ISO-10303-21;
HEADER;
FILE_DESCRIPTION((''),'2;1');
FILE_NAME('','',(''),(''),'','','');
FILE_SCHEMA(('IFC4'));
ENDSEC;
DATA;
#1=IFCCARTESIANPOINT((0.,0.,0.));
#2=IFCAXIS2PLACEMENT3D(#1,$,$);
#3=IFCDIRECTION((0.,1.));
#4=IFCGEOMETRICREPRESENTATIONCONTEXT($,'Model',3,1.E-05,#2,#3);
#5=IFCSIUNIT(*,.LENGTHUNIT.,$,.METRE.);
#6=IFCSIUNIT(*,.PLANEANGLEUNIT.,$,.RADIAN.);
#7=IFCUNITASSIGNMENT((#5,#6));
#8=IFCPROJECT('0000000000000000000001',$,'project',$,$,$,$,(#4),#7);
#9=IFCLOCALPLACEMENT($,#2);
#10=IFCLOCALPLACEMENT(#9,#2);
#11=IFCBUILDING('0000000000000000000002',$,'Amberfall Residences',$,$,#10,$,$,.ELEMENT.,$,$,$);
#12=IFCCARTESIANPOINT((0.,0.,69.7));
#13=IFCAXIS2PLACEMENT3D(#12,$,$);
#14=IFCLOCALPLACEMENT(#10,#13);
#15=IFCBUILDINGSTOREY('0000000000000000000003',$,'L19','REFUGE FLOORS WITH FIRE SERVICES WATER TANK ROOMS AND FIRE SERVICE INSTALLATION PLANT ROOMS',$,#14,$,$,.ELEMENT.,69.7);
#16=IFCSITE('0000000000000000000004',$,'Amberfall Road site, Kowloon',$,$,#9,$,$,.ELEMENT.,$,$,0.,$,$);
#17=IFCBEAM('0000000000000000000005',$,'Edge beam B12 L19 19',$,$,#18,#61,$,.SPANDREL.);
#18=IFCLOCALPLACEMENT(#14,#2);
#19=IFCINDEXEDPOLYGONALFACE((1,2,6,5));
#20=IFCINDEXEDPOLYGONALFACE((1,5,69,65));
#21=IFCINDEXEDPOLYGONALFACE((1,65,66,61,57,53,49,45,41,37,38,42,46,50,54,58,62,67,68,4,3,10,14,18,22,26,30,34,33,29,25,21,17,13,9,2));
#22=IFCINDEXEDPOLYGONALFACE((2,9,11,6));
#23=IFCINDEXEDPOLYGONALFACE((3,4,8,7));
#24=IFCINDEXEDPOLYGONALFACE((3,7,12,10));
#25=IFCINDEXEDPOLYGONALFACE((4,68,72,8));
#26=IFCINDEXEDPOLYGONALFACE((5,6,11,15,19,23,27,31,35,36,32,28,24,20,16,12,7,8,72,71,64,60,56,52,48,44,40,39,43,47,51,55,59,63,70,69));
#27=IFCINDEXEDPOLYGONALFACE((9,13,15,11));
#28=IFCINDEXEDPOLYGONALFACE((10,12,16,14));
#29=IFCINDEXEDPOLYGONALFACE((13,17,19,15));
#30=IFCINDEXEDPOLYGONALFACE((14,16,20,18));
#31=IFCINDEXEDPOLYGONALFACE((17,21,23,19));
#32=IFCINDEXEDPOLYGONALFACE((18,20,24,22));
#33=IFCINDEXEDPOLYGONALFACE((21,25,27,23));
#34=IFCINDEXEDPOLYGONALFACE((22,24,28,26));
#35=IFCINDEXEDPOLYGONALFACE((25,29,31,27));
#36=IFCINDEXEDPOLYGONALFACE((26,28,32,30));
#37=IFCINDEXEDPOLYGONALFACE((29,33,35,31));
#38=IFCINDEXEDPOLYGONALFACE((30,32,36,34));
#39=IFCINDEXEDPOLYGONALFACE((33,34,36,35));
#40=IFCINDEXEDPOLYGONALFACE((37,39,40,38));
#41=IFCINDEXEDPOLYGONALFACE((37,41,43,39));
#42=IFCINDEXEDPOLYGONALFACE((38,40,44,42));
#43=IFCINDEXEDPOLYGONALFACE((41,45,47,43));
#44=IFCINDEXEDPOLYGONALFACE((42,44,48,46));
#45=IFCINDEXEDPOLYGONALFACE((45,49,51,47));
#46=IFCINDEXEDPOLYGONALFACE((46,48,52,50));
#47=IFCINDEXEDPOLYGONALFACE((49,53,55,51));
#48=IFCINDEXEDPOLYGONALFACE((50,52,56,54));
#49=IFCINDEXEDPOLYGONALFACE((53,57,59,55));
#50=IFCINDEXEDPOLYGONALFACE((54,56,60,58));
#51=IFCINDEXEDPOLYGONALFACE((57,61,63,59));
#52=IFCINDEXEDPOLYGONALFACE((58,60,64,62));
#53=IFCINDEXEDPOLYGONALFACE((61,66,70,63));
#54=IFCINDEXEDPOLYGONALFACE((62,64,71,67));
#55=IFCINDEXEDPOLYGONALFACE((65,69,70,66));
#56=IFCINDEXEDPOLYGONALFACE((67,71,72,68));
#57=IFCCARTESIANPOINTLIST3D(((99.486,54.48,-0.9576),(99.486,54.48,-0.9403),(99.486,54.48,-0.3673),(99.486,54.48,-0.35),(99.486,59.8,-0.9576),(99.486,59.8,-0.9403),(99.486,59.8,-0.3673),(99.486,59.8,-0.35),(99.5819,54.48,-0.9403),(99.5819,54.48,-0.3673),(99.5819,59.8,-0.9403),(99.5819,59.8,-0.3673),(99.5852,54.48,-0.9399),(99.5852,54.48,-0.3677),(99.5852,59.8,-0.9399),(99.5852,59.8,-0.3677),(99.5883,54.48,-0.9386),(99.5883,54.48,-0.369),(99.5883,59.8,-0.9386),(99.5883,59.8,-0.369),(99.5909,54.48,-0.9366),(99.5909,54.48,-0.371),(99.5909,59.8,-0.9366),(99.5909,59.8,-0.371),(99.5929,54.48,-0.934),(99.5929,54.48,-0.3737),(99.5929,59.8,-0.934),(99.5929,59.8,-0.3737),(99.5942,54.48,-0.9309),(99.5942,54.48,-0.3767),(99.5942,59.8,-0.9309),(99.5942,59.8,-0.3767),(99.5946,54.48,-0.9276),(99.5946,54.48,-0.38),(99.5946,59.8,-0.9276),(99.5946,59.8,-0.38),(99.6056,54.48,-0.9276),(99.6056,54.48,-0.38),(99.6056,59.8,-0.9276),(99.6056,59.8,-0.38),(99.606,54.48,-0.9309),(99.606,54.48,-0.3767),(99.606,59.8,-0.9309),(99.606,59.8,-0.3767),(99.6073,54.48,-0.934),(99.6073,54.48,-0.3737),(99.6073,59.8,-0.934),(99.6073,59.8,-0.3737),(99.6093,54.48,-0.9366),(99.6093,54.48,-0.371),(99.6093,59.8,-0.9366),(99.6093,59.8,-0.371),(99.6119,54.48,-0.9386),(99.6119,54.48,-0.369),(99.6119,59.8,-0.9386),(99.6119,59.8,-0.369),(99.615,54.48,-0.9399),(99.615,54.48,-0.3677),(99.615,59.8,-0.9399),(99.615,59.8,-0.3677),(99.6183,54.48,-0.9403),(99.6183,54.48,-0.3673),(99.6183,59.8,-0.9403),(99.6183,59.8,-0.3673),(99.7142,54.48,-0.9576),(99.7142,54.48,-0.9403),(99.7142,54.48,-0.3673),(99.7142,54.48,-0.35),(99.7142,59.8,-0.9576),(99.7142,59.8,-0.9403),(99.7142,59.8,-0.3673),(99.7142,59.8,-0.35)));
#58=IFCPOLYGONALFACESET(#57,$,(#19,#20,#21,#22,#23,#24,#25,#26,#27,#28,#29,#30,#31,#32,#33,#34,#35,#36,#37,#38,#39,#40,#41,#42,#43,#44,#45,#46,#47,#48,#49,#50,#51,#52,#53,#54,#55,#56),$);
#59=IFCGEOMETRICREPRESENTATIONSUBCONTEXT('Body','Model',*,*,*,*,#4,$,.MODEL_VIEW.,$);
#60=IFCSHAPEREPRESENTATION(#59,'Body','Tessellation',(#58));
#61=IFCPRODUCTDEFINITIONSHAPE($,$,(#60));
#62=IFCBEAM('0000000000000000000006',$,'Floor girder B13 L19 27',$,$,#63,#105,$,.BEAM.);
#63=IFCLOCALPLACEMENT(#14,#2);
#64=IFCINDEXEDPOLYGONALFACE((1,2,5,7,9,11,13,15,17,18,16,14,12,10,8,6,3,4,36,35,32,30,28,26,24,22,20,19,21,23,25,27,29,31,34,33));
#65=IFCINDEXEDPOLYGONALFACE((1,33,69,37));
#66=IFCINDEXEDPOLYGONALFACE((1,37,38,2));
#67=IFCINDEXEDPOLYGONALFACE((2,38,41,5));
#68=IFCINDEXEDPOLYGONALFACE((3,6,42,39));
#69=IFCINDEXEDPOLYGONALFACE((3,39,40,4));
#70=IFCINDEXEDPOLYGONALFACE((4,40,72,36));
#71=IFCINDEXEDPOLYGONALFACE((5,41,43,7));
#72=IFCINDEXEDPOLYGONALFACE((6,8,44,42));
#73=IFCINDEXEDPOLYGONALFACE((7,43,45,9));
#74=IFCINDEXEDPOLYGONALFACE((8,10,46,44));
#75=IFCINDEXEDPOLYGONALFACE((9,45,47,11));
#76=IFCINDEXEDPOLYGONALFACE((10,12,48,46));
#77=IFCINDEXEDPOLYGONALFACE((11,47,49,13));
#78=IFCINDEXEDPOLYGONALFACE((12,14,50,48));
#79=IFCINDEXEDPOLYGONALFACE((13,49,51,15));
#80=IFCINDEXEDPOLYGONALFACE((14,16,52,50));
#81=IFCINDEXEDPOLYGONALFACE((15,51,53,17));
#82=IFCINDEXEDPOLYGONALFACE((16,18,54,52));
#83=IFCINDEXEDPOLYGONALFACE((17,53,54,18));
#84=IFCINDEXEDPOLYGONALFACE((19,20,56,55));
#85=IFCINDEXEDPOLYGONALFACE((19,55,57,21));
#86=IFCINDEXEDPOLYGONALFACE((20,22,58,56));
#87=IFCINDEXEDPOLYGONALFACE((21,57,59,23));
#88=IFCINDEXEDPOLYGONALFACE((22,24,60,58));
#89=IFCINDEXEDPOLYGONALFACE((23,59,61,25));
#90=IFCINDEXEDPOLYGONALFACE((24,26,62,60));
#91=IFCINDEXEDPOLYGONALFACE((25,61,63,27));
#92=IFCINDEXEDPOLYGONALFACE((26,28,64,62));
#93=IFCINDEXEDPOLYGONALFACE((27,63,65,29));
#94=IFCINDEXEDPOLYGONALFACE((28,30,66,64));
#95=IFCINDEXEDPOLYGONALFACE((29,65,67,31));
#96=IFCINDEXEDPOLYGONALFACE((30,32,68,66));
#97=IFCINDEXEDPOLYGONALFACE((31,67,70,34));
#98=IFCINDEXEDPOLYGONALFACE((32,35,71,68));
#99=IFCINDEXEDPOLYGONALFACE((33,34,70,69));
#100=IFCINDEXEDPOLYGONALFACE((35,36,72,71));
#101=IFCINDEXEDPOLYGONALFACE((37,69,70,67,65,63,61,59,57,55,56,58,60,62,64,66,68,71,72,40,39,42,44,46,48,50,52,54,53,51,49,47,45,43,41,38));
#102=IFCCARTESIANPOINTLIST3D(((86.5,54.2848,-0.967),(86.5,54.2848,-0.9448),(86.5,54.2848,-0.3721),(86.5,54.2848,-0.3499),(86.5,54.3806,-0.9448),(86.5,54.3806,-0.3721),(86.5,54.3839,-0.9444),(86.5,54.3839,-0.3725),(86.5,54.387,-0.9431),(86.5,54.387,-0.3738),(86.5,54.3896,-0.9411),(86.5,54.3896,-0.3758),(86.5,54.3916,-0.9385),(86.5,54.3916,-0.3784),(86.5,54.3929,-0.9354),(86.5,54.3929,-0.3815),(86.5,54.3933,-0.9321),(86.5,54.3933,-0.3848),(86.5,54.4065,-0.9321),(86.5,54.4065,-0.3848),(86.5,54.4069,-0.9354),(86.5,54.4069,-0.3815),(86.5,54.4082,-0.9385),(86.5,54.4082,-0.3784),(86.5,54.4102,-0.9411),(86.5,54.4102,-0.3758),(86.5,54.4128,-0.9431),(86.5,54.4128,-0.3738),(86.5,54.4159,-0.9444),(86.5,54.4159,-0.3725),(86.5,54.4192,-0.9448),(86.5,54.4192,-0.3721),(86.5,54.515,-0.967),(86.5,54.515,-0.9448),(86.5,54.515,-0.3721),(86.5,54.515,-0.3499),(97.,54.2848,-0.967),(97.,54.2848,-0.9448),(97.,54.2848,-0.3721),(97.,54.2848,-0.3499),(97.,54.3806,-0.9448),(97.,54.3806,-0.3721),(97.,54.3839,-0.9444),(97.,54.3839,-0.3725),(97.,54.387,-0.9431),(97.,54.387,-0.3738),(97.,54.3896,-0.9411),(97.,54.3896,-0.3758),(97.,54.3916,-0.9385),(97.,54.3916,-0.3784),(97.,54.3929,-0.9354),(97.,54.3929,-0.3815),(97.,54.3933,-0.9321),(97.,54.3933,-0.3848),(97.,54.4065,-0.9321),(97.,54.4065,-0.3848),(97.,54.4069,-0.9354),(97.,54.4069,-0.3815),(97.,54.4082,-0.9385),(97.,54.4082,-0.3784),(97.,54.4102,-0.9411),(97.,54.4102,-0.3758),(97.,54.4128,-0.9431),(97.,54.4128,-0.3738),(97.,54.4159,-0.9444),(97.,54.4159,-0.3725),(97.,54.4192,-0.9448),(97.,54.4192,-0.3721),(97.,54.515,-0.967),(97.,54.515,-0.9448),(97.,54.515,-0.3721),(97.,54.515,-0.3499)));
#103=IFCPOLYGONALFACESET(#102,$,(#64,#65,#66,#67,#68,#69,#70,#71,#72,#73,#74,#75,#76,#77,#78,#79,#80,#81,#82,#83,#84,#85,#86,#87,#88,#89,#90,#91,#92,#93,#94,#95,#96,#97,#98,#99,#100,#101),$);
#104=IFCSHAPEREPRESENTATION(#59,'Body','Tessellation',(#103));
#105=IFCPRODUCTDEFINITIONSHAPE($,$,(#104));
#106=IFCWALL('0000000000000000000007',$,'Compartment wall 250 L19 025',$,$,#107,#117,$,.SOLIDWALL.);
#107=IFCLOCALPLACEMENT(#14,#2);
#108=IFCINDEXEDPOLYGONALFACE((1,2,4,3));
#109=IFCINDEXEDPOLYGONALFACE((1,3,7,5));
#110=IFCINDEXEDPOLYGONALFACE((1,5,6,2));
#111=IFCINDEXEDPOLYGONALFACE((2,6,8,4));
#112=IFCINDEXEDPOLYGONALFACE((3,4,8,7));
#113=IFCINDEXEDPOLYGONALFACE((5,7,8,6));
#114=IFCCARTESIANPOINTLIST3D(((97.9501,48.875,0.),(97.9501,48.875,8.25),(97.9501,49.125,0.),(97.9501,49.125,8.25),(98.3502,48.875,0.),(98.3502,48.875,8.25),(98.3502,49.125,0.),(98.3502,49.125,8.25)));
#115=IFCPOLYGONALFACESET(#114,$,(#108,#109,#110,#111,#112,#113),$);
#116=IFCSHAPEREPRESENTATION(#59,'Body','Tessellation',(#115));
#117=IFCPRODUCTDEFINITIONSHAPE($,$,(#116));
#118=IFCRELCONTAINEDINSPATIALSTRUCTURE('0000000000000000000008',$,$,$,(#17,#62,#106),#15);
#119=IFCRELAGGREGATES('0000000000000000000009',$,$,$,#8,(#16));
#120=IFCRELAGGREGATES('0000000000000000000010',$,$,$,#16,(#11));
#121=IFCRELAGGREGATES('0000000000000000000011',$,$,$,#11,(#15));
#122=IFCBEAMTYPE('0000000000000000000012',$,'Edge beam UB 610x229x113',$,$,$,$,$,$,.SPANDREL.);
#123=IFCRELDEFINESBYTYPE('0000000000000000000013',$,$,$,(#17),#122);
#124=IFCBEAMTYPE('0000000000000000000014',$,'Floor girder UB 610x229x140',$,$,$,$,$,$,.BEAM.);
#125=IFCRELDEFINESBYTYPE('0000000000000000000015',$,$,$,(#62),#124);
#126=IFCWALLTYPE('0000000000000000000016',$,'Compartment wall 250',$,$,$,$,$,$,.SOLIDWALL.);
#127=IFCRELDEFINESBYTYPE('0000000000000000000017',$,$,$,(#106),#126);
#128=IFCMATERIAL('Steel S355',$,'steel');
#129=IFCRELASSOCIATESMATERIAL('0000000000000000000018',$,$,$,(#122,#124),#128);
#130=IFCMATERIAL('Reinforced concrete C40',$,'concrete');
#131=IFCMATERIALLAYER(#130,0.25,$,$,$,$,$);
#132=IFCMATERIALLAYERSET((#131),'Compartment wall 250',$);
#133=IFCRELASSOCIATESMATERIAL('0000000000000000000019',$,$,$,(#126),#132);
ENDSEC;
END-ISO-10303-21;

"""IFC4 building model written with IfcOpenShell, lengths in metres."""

from ifc_helpers import new_model, si_unit, direction, frame, frame_2d, origin, origin_2d, place, context, subcontext, project, spatial, rectangle, i_section, extrude, material, layer, layer_set, material_profile, profile_set, type_object, element, save


model = new_model("IFC4")

# Units and contexts
model_context = context("Model", 3, precision=1e-05, world=origin(), true_north=direction((0.0, 1.0)))
body_context = subcontext(model_context, "Body", "Model", "MODEL_VIEW")
ifc_project = project(units=[si_unit("LENGTHUNIT", "METRE"), si_unit("PLANEANGLEUNIT", "RADIAN")], contexts=[model_context])

# Site, building, storey
site_placement = place(None, origin())
site = spatial("IfcSite", under=ifc_project, at=site_placement, Name="Amberfall Road site, Kowloon", CompositionType="ELEMENT", RefElevation=0.0)
building_placement = place(site_placement, origin())
building = spatial("IfcBuilding", under=site, at=building_placement, Name="Amberfall Residences", CompositionType="ELEMENT")
storey_placement = place(building_placement, frame((0.0, 0.0, 69.7)))
storey = spatial("IfcBuildingStorey", under=building, at=storey_placement, Name="L19", Description="REFUGE FLOORS WITH FIRE SERVICES WATER TANK ROOMS AND FIRE SERVICE INSTALLATION PLANT ROOMS", CompositionType="ELEMENT", Elevation=69.7)

# Shared definitions
ifc_material_1 = material(Name="Steel S355", Category="steel")

# Beams
ifc_material_profile_1 = material_profile(ifc_material_1, i_section(OverallWidth=0.2283, OverallDepth=0.6077, WebThickness=0.011, FlangeThickness=0.0173, FilletRadius=0.0127, at=origin_2d()), Name="UB 610x229x113")
ifc_profile_set_1 = profile_set([ifc_material_profile_1], Name="Steel S355")
beam_type_1 = type_object("IfcBeamType", Name="Edge beam UB 610x229x113", PredefinedType="SPANDREL", material=ifc_profile_set_1)
beam_1_placement = place(storey_placement, frame((99.6001, 54.48, -0.6538), z_axis=(0.0, 1.0, 0.0), x_axis=(-1.0, 0.0, 0.0)))
element("IfcBeam", 1, at=beam_1_placement, inside=storey, type_object=beam_type_1, Name="Edge beam B12 L19 19", PredefinedType="SPANDREL", context=body_context, shape_type="SweptSolid", body=[
    extrude(i_section(OverallWidth=0.2283, OverallDepth=0.6077, WebThickness=0.011, FlangeThickness=0.0173, FilletRadius=0.0127, at=origin_2d()), origin(), (0.0, 0.0, 1.0), 5.3201),
])
ifc_material_profile_2 = material_profile(ifc_material_1, i_section(OverallWidth=0.2302, OverallDepth=0.6172, WebThickness=0.0132, FlangeThickness=0.0222, FilletRadius=0.0127, at=origin_2d()), Name="UB 610x229x140")
ifc_profile_set_2 = profile_set([ifc_material_profile_2], Name="Steel S355")
beam_type_2 = type_object("IfcBeamType", Name="Floor girder UB 610x229x140", PredefinedType="BEAM", material=ifc_profile_set_2)
beam_2_placement = place(storey_placement, frame((97.0, 54.3999, -0.6584), z_axis=(-1.0, 0.0, 0.0), x_axis=(0.0, -1.0, 0.0)))
element("IfcBeam", 2, at=beam_2_placement, inside=storey, type_object=beam_type_2, Name="Floor girder B13 L19 27", PredefinedType="BEAM", context=body_context, shape_type="SweptSolid", body=[
    extrude(i_section(OverallWidth=0.2302, OverallDepth=0.6172, WebThickness=0.0132, FlangeThickness=0.0222, FilletRadius=0.0127, at=origin_2d()), origin(), (0.0, 0.0, 1.0), 10.5),
])

# Wall
ifc_material_2 = material(Name="Reinforced concrete C40", Category="concrete")
ifc_layer = layer(ifc_material_2, 0.25)
ifc_layer_set = layer_set([ifc_layer], Name="Compartment wall 250")
wall_type = type_object("IfcWallType", Name="Compartment wall 250", PredefinedType="SOLIDWALL", material=ifc_layer_set)
wall_placement = place(storey_placement, frame((97.95, 49.0, 0.0), z_axis=(0.0, 0.0, 1.0), x_axis=(1.0, 0.0, 0.0)))
element("IfcWall", 3, at=wall_placement, inside=storey, type_object=wall_type, Name="Compartment wall 250 L19 025", PredefinedType="SOLIDWALL", context=body_context, shape_type="SweptSolid", body=[
    extrude(rectangle(XDim=0.4001, YDim=0.25, at=frame_2d((0.2002, 0.0))), origin(), (0.0, 0.0, 1.0), 8.25),
])

save(model, "model.ifc")
